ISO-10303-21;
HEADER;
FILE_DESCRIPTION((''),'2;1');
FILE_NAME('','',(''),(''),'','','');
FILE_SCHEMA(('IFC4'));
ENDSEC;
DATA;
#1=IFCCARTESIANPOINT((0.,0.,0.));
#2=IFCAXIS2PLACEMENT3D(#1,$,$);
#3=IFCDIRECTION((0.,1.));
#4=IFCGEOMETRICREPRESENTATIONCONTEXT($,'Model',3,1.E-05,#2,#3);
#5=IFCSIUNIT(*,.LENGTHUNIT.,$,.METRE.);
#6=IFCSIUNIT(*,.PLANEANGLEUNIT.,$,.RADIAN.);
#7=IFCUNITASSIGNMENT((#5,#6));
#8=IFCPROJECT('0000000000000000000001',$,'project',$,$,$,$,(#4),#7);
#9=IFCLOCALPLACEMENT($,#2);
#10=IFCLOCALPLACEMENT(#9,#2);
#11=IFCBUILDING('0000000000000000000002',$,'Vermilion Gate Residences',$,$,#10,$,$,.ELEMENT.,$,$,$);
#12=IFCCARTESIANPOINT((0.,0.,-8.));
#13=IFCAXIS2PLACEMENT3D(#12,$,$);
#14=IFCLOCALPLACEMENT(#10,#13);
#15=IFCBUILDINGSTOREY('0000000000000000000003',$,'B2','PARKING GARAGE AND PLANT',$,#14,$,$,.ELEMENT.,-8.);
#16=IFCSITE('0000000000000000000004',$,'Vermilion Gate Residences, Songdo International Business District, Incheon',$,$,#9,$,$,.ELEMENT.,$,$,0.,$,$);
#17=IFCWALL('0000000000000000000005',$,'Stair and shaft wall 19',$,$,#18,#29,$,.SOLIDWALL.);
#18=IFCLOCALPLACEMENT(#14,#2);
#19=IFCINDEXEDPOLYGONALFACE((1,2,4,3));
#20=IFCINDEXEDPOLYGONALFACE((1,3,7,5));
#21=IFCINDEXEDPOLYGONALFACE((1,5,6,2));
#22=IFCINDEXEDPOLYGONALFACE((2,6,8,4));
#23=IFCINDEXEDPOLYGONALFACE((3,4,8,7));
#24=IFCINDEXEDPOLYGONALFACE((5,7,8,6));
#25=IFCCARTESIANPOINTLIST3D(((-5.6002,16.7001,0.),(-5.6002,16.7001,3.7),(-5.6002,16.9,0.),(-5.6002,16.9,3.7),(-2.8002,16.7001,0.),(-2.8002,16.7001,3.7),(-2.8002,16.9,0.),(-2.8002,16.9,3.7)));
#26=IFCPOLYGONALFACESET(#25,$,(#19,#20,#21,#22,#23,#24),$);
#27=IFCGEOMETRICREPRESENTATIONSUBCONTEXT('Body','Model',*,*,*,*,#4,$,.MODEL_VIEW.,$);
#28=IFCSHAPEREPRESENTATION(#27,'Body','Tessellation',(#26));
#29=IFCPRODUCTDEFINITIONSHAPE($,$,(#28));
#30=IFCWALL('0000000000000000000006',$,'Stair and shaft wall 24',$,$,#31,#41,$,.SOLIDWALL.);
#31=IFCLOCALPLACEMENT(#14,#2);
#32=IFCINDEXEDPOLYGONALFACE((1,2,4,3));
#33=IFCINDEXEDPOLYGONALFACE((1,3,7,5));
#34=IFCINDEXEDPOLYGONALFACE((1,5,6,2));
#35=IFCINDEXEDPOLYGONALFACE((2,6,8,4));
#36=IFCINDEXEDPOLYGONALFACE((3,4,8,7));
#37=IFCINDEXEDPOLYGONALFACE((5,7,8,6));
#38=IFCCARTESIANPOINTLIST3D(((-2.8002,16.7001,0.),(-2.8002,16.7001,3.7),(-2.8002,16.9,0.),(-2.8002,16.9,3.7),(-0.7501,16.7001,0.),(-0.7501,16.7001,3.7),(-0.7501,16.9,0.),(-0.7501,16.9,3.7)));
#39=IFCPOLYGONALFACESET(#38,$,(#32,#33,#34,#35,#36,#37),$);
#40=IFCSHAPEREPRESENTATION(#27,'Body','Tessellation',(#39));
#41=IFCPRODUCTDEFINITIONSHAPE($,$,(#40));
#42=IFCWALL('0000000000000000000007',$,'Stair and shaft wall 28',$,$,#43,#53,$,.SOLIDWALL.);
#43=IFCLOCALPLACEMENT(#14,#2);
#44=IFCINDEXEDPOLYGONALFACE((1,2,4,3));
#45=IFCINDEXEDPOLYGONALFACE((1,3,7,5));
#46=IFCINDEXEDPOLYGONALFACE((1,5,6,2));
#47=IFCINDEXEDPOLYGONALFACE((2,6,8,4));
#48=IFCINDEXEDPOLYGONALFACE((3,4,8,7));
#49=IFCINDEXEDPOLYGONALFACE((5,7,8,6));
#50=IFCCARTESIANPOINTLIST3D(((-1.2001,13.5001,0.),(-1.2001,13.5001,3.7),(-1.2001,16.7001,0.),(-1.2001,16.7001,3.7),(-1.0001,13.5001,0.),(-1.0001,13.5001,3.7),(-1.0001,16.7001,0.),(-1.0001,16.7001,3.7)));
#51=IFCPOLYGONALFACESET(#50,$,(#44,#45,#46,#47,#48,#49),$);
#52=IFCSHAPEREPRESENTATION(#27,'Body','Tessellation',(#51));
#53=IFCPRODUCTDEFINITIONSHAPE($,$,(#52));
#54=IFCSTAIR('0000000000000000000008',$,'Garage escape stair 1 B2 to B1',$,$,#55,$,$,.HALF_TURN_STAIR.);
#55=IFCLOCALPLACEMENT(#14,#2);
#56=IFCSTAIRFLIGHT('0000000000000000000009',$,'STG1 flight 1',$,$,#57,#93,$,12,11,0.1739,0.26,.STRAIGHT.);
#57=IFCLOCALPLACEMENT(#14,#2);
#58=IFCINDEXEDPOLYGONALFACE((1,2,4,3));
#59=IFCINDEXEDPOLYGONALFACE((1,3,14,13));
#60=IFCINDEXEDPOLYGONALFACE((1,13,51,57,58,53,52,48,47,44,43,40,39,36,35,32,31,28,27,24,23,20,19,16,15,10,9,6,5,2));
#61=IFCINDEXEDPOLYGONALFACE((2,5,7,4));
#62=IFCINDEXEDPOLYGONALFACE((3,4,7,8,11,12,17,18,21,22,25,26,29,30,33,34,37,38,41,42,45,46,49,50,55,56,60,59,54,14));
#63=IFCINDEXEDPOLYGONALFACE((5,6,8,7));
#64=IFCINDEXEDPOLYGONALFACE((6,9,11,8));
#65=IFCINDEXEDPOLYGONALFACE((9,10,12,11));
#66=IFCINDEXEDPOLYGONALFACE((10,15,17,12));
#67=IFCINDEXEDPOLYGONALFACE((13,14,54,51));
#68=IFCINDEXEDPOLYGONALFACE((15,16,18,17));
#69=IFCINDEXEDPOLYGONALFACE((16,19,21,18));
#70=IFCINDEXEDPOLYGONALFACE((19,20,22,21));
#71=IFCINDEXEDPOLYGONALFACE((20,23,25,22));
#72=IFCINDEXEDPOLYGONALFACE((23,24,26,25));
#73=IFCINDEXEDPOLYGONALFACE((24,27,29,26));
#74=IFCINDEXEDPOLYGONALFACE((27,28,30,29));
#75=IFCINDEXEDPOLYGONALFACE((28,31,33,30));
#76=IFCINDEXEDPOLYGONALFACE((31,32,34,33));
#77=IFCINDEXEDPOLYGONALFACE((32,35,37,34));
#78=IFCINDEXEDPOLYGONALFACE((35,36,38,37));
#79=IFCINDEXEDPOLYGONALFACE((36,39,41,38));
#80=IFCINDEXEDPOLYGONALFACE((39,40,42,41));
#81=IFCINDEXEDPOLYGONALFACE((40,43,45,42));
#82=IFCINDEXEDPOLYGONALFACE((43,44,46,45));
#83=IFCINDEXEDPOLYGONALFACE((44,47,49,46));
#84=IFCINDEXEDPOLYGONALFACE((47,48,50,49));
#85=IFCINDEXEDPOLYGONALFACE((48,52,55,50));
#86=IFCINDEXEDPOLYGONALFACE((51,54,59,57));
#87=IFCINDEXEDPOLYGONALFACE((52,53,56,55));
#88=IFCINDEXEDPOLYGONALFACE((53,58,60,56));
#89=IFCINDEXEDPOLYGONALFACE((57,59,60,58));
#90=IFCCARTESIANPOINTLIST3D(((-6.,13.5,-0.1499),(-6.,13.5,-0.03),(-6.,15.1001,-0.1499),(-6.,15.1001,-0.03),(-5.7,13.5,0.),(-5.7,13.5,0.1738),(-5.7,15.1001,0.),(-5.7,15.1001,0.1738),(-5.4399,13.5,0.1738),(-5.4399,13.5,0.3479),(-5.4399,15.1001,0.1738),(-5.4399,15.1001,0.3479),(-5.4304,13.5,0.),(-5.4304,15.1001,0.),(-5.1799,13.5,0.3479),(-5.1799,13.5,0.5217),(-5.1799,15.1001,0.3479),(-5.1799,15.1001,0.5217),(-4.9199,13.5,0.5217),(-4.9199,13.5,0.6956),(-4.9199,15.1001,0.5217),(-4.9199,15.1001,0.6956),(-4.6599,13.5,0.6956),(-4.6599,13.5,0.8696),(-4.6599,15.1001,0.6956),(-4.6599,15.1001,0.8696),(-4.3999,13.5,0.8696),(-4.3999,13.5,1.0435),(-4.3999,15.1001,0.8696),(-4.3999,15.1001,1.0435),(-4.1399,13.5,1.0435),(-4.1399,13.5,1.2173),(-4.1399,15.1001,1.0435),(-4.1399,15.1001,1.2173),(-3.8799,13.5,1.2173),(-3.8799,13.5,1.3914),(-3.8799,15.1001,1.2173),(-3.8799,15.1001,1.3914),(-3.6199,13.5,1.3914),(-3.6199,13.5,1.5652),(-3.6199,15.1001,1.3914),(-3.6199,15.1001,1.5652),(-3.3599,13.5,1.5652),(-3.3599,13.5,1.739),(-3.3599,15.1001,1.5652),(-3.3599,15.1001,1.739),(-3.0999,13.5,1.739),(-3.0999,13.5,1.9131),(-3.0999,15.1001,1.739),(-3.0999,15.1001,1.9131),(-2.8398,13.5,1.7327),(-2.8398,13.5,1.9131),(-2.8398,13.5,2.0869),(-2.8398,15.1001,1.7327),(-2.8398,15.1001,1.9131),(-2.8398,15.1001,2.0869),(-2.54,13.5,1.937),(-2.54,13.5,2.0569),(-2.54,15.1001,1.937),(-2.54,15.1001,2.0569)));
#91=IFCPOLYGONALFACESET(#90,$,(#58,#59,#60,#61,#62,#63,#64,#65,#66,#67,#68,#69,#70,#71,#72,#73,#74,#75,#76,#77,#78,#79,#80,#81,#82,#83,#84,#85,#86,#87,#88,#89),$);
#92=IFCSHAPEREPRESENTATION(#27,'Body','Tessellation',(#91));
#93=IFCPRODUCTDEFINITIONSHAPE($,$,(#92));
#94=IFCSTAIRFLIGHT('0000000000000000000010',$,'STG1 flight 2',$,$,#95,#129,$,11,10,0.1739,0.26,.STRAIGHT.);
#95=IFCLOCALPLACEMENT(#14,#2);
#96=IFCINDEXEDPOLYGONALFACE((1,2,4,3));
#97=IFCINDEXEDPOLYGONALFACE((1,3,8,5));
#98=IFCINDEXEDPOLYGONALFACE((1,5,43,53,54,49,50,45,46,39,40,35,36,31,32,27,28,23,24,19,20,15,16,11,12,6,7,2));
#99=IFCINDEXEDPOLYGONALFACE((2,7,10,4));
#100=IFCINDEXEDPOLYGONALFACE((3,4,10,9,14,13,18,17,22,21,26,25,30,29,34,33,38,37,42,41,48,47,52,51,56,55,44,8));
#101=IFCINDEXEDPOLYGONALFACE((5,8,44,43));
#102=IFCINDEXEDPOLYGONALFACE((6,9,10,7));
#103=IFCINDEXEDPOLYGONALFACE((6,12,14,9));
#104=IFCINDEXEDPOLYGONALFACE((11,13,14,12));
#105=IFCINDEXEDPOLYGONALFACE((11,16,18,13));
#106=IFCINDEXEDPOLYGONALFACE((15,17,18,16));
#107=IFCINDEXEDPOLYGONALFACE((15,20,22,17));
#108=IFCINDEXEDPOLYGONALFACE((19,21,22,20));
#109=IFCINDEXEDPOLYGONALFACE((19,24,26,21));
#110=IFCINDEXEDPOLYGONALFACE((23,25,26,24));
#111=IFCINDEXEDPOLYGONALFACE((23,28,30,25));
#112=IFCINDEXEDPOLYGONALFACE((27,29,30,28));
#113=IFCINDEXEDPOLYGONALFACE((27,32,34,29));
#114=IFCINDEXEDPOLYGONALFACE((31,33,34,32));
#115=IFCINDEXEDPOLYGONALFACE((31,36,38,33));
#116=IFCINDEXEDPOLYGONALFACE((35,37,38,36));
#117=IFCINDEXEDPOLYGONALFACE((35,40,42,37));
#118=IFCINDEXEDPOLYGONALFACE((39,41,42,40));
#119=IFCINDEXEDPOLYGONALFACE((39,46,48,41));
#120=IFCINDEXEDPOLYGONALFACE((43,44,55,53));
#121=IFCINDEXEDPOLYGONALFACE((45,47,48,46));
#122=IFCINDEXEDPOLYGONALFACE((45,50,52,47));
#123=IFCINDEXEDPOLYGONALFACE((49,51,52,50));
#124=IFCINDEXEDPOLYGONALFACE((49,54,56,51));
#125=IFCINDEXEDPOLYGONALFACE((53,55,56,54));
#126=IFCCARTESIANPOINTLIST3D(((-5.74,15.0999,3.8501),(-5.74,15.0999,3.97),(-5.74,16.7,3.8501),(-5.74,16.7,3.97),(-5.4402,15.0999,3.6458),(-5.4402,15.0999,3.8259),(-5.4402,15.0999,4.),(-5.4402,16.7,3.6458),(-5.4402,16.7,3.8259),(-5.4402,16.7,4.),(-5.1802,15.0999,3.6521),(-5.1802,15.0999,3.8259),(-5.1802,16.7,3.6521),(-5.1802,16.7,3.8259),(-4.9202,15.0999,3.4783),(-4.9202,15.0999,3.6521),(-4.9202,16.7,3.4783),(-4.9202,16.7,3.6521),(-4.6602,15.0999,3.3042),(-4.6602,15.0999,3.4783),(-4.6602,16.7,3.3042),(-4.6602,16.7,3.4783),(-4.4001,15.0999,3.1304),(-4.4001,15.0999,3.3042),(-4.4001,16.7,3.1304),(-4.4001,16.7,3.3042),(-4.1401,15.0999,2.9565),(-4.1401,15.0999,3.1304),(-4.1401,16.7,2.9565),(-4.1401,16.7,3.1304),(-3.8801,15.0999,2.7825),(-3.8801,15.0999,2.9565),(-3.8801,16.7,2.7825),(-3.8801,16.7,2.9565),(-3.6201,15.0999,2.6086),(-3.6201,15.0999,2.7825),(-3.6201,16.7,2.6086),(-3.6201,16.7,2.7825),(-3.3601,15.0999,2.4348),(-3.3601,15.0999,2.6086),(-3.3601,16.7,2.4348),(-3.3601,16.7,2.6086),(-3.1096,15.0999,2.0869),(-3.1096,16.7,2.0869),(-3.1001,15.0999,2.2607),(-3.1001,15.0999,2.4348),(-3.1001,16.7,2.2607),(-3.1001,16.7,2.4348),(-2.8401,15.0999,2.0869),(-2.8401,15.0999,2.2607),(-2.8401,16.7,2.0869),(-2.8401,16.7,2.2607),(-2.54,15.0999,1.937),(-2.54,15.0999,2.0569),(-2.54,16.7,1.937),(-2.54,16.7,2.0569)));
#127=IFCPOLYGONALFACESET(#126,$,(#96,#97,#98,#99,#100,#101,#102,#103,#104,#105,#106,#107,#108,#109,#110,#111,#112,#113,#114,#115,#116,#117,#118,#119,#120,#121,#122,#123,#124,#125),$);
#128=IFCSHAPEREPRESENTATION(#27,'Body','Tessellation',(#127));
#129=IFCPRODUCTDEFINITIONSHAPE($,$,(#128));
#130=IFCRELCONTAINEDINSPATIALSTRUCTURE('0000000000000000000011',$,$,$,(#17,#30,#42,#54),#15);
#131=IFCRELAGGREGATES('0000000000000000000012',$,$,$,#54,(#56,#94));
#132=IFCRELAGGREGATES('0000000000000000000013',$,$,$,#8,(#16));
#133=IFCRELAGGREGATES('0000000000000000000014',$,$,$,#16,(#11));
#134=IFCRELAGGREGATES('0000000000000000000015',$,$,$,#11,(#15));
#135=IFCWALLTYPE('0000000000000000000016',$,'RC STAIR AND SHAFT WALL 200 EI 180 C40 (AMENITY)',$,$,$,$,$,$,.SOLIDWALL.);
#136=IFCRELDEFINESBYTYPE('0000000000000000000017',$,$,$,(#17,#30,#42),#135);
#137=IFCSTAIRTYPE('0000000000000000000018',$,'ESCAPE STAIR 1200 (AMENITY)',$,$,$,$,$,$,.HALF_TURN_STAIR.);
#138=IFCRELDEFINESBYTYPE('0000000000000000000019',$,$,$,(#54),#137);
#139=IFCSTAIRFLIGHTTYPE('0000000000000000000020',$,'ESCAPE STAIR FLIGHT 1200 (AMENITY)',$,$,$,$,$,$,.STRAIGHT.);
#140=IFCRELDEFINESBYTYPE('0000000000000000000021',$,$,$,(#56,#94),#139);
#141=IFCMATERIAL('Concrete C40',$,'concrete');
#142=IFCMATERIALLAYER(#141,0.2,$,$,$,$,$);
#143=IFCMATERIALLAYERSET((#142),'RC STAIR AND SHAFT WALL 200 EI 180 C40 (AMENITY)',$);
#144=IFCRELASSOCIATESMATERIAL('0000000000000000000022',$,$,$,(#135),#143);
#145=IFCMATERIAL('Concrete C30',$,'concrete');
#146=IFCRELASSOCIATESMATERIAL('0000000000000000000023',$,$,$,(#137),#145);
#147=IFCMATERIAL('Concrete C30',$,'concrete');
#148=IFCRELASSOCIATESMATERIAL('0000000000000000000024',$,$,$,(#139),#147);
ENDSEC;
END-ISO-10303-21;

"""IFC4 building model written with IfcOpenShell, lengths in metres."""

from ifc_helpers import new_model, si_unit, direction, frame, frame_2d, origin, place, context, subcontext, project, spatial, polyline, rectangle, outline, extrude, material, layer, layer_set, type_object, element, aggregate, save


model = new_model("IFC4")

# Units and contexts
model_context = context("Model", 3, precision=1e-05, world=origin(), true_north=direction((0.0, 1.0)))
body_context = subcontext(model_context, "Body", "Model", "MODEL_VIEW")
ifc_project = project(units=[si_unit("LENGTHUNIT", "METRE"), si_unit("PLANEANGLEUNIT", "RADIAN")], contexts=[model_context])

# Site, building, storey
site_placement = place(None, origin())
site = spatial("IfcSite", under=ifc_project, at=site_placement, Name="Vermilion Gate Residences, Songdo International Business District, Incheon", CompositionType="ELEMENT", RefElevation=0.0)
building_placement = place(site_placement, origin())
building = spatial("IfcBuilding", under=site, at=building_placement, Name="Vermilion Gate Residences", CompositionType="ELEMENT")
storey_placement = place(building_placement, frame((0.0, 0.0, -8.0)))
storey = spatial("IfcBuildingStorey", under=building, at=storey_placement, Name="B2", Description="PARKING GARAGE AND PLANT", CompositionType="ELEMENT", Elevation=-8.0)

# Walls
ifc_material_1 = material(Name="Concrete C40", Category="concrete")
ifc_layer_1 = layer(ifc_material_1, 0.2)
ifc_layer_set_1 = layer_set([ifc_layer_1], Name="RC STAIR AND SHAFT WALL 200 EI 180 C40 (AMENITY)")
wall_type_1 = type_object("IfcWallType", Name="RC STAIR AND SHAFT WALL 200 EI 180 C40 (AMENITY)", PredefinedType="SOLIDWALL", material=ifc_layer_set_1)
wall_1_placement = place(storey_placement, frame((-5.6001, 16.8, 0.0), z_axis=(0.0, 0.0, 1.0), x_axis=(1.0, 0.0, 0.0)))
element("IfcWall", 1, at=wall_1_placement, inside=storey, type_object=wall_type_1, Name="Stair and shaft wall 19", PredefinedType="SOLIDWALL", context=body_context, shape_type="SweptSolid", body=[
    extrude(rectangle(XDim=2.8, YDim=0.2, at=frame_2d((1.3999, 0.0))), origin(), (0.0, 0.0, 1.0), 3.7),
])
wall_2_placement = place(storey_placement, frame((-2.8, 16.8, 0.0), z_axis=(0.0, 0.0, 1.0), x_axis=(1.0, 0.0, 0.0)))
element("IfcWall", 2, at=wall_2_placement, inside=storey, type_object=wall_type_1, Name="Stair and shaft wall 24", PredefinedType="SOLIDWALL", context=body_context, shape_type="SweptSolid", body=[
    extrude(rectangle(XDim=2.05, YDim=0.2, at=frame_2d((1.0249, 0.0))), origin(), (0.0, 0.0, 1.0), 3.7),
])
wall_3_placement = place(storey_placement, frame((-1.1001, 13.5, 0.0), z_axis=(0.0, 0.0, 1.0), x_axis=(0.0, 1.0, 0.0)))
element("IfcWall", 3, at=wall_3_placement, inside=storey, type_object=wall_type_1, Name="Stair and shaft wall 28", PredefinedType="SOLIDWALL", context=body_context, shape_type="SweptSolid", body=[
    extrude(rectangle(XDim=3.2, YDim=0.2, at=frame_2d((1.6001, 0.0))), origin(), (0.0, 0.0, 1.0), 3.7),
])

# Stair, stair flights
ifc_material_2 = material(Name="Concrete C30", Category="concrete")
stair_type = type_object("IfcStairType", Name="ESCAPE STAIR 1200 (AMENITY)", PredefinedType="HALF_TURN_STAIR", material=ifc_material_2)
stair_placement = place(storey_placement, origin())
stair = element("IfcStair", 4, at=stair_placement, inside=storey, type_object=stair_type, Name="Garage escape stair 1 B2 to B1", PredefinedType="HALF_TURN_STAIR")
ifc_material_3 = material(Name="Concrete C30", Category="concrete")
stair_flight_type = type_object("IfcStairFlightType", Name="ESCAPE STAIR FLIGHT 1200 (AMENITY)", PredefinedType="STRAIGHT", material=ifc_material_3)
stair_flight_1_placement = place(storey_placement, frame((-5.7, 14.3, 0.0), z_axis=(0.0, 0.0, 1.0), x_axis=(1.0, 0.0, 0.0)))
stair_flight_1 = element("IfcStairFlight", 5, at=stair_flight_1_placement, type_object=stair_flight_type, Name="STG1 flight 1", NumberOfRisers=12, NumberOfTreads=11, PredefinedType="STRAIGHT", RiserHeight=0.1739, TreadLength=0.26, context=body_context, shape_type="SweptSolid", body=[
    extrude(outline(polyline([(-0.3, -0.1499), (-0.3, -0.03), (0.0, 0.0), (0.0, 0.1738), (0.26, 0.1738), (0.26, 0.3479), (0.52, 0.3479), (0.52, 0.5217), (0.78, 0.5217), (0.78, 0.6956), (1.04, 0.6956), (1.04, 0.8696), (1.3, 0.8696), (1.3, 1.0435), (1.5601, 1.0435), (1.5601, 1.2173), (1.8201, 1.2173), (1.8201, 1.3914), (2.0801, 1.3914), (2.0801, 1.5652), (2.3401, 1.5652), (2.3401, 1.739), (2.6001, 1.739), (2.6001, 1.9131), (2.8601, 1.9131), (2.8601, 2.0869), (3.1599, 2.0569), (3.1599, 1.937), (2.8601, 1.7327), (0.2695, 0.0), (-0.3, -0.1499)])), frame((0.0, 0.8, 0.0), z_axis=(0.0, -1.0, 0.0), x_axis=(1.0, 0.0, 0.0)), (0.0, 0.0, 1.0), 1.6001),
])
stair_flight_2_placement = place(storey_placement, frame((-2.8401, 15.8999, 2.0869), z_axis=(0.0, 0.0, 1.0), x_axis=(-1.0, 0.0, 0.0)))
stair_flight_2 = element("IfcStairFlight", 6, at=stair_flight_2_placement, type_object=stair_flight_type, Name="STG1 flight 2", NumberOfRisers=11, NumberOfTreads=10, PredefinedType="STRAIGHT", RiserHeight=0.1739, TreadLength=0.26, context=body_context, shape_type="SweptSolid", body=[
    extrude(outline(polyline([(-0.3, -0.1499), (-0.3, -0.03), (0.0, 0.0), (0.0, 0.1738), (0.26, 0.1738), (0.26, 0.3479), (0.52, 0.3479), (0.52, 0.5217), (0.78, 0.5217), (0.78, 0.6956), (1.04, 0.6956), (1.04, 0.8696), (1.3, 0.8696), (1.3, 1.0435), (1.5601, 1.0435), (1.5601, 1.2173), (1.8201, 1.2173), (1.8201, 1.3914), (2.0801, 1.3914), (2.0801, 1.5652), (2.3401, 1.5652), (2.3401, 1.739), (2.6001, 1.739), (2.6001, 1.9131), (2.8999, 1.8831), (2.8999, 1.7632), (2.6001, 1.5588), (0.2695, 0.0), (-0.3, -0.1499)])), frame((0.0, 0.8, 0.0), z_axis=(0.0, -1.0, 0.0), x_axis=(1.0, 0.0, 0.0)), (0.0, 0.0, 1.0), 1.6001),
])
aggregate(stair, [stair_flight_1, stair_flight_2])

save(model, "model.ifc")
